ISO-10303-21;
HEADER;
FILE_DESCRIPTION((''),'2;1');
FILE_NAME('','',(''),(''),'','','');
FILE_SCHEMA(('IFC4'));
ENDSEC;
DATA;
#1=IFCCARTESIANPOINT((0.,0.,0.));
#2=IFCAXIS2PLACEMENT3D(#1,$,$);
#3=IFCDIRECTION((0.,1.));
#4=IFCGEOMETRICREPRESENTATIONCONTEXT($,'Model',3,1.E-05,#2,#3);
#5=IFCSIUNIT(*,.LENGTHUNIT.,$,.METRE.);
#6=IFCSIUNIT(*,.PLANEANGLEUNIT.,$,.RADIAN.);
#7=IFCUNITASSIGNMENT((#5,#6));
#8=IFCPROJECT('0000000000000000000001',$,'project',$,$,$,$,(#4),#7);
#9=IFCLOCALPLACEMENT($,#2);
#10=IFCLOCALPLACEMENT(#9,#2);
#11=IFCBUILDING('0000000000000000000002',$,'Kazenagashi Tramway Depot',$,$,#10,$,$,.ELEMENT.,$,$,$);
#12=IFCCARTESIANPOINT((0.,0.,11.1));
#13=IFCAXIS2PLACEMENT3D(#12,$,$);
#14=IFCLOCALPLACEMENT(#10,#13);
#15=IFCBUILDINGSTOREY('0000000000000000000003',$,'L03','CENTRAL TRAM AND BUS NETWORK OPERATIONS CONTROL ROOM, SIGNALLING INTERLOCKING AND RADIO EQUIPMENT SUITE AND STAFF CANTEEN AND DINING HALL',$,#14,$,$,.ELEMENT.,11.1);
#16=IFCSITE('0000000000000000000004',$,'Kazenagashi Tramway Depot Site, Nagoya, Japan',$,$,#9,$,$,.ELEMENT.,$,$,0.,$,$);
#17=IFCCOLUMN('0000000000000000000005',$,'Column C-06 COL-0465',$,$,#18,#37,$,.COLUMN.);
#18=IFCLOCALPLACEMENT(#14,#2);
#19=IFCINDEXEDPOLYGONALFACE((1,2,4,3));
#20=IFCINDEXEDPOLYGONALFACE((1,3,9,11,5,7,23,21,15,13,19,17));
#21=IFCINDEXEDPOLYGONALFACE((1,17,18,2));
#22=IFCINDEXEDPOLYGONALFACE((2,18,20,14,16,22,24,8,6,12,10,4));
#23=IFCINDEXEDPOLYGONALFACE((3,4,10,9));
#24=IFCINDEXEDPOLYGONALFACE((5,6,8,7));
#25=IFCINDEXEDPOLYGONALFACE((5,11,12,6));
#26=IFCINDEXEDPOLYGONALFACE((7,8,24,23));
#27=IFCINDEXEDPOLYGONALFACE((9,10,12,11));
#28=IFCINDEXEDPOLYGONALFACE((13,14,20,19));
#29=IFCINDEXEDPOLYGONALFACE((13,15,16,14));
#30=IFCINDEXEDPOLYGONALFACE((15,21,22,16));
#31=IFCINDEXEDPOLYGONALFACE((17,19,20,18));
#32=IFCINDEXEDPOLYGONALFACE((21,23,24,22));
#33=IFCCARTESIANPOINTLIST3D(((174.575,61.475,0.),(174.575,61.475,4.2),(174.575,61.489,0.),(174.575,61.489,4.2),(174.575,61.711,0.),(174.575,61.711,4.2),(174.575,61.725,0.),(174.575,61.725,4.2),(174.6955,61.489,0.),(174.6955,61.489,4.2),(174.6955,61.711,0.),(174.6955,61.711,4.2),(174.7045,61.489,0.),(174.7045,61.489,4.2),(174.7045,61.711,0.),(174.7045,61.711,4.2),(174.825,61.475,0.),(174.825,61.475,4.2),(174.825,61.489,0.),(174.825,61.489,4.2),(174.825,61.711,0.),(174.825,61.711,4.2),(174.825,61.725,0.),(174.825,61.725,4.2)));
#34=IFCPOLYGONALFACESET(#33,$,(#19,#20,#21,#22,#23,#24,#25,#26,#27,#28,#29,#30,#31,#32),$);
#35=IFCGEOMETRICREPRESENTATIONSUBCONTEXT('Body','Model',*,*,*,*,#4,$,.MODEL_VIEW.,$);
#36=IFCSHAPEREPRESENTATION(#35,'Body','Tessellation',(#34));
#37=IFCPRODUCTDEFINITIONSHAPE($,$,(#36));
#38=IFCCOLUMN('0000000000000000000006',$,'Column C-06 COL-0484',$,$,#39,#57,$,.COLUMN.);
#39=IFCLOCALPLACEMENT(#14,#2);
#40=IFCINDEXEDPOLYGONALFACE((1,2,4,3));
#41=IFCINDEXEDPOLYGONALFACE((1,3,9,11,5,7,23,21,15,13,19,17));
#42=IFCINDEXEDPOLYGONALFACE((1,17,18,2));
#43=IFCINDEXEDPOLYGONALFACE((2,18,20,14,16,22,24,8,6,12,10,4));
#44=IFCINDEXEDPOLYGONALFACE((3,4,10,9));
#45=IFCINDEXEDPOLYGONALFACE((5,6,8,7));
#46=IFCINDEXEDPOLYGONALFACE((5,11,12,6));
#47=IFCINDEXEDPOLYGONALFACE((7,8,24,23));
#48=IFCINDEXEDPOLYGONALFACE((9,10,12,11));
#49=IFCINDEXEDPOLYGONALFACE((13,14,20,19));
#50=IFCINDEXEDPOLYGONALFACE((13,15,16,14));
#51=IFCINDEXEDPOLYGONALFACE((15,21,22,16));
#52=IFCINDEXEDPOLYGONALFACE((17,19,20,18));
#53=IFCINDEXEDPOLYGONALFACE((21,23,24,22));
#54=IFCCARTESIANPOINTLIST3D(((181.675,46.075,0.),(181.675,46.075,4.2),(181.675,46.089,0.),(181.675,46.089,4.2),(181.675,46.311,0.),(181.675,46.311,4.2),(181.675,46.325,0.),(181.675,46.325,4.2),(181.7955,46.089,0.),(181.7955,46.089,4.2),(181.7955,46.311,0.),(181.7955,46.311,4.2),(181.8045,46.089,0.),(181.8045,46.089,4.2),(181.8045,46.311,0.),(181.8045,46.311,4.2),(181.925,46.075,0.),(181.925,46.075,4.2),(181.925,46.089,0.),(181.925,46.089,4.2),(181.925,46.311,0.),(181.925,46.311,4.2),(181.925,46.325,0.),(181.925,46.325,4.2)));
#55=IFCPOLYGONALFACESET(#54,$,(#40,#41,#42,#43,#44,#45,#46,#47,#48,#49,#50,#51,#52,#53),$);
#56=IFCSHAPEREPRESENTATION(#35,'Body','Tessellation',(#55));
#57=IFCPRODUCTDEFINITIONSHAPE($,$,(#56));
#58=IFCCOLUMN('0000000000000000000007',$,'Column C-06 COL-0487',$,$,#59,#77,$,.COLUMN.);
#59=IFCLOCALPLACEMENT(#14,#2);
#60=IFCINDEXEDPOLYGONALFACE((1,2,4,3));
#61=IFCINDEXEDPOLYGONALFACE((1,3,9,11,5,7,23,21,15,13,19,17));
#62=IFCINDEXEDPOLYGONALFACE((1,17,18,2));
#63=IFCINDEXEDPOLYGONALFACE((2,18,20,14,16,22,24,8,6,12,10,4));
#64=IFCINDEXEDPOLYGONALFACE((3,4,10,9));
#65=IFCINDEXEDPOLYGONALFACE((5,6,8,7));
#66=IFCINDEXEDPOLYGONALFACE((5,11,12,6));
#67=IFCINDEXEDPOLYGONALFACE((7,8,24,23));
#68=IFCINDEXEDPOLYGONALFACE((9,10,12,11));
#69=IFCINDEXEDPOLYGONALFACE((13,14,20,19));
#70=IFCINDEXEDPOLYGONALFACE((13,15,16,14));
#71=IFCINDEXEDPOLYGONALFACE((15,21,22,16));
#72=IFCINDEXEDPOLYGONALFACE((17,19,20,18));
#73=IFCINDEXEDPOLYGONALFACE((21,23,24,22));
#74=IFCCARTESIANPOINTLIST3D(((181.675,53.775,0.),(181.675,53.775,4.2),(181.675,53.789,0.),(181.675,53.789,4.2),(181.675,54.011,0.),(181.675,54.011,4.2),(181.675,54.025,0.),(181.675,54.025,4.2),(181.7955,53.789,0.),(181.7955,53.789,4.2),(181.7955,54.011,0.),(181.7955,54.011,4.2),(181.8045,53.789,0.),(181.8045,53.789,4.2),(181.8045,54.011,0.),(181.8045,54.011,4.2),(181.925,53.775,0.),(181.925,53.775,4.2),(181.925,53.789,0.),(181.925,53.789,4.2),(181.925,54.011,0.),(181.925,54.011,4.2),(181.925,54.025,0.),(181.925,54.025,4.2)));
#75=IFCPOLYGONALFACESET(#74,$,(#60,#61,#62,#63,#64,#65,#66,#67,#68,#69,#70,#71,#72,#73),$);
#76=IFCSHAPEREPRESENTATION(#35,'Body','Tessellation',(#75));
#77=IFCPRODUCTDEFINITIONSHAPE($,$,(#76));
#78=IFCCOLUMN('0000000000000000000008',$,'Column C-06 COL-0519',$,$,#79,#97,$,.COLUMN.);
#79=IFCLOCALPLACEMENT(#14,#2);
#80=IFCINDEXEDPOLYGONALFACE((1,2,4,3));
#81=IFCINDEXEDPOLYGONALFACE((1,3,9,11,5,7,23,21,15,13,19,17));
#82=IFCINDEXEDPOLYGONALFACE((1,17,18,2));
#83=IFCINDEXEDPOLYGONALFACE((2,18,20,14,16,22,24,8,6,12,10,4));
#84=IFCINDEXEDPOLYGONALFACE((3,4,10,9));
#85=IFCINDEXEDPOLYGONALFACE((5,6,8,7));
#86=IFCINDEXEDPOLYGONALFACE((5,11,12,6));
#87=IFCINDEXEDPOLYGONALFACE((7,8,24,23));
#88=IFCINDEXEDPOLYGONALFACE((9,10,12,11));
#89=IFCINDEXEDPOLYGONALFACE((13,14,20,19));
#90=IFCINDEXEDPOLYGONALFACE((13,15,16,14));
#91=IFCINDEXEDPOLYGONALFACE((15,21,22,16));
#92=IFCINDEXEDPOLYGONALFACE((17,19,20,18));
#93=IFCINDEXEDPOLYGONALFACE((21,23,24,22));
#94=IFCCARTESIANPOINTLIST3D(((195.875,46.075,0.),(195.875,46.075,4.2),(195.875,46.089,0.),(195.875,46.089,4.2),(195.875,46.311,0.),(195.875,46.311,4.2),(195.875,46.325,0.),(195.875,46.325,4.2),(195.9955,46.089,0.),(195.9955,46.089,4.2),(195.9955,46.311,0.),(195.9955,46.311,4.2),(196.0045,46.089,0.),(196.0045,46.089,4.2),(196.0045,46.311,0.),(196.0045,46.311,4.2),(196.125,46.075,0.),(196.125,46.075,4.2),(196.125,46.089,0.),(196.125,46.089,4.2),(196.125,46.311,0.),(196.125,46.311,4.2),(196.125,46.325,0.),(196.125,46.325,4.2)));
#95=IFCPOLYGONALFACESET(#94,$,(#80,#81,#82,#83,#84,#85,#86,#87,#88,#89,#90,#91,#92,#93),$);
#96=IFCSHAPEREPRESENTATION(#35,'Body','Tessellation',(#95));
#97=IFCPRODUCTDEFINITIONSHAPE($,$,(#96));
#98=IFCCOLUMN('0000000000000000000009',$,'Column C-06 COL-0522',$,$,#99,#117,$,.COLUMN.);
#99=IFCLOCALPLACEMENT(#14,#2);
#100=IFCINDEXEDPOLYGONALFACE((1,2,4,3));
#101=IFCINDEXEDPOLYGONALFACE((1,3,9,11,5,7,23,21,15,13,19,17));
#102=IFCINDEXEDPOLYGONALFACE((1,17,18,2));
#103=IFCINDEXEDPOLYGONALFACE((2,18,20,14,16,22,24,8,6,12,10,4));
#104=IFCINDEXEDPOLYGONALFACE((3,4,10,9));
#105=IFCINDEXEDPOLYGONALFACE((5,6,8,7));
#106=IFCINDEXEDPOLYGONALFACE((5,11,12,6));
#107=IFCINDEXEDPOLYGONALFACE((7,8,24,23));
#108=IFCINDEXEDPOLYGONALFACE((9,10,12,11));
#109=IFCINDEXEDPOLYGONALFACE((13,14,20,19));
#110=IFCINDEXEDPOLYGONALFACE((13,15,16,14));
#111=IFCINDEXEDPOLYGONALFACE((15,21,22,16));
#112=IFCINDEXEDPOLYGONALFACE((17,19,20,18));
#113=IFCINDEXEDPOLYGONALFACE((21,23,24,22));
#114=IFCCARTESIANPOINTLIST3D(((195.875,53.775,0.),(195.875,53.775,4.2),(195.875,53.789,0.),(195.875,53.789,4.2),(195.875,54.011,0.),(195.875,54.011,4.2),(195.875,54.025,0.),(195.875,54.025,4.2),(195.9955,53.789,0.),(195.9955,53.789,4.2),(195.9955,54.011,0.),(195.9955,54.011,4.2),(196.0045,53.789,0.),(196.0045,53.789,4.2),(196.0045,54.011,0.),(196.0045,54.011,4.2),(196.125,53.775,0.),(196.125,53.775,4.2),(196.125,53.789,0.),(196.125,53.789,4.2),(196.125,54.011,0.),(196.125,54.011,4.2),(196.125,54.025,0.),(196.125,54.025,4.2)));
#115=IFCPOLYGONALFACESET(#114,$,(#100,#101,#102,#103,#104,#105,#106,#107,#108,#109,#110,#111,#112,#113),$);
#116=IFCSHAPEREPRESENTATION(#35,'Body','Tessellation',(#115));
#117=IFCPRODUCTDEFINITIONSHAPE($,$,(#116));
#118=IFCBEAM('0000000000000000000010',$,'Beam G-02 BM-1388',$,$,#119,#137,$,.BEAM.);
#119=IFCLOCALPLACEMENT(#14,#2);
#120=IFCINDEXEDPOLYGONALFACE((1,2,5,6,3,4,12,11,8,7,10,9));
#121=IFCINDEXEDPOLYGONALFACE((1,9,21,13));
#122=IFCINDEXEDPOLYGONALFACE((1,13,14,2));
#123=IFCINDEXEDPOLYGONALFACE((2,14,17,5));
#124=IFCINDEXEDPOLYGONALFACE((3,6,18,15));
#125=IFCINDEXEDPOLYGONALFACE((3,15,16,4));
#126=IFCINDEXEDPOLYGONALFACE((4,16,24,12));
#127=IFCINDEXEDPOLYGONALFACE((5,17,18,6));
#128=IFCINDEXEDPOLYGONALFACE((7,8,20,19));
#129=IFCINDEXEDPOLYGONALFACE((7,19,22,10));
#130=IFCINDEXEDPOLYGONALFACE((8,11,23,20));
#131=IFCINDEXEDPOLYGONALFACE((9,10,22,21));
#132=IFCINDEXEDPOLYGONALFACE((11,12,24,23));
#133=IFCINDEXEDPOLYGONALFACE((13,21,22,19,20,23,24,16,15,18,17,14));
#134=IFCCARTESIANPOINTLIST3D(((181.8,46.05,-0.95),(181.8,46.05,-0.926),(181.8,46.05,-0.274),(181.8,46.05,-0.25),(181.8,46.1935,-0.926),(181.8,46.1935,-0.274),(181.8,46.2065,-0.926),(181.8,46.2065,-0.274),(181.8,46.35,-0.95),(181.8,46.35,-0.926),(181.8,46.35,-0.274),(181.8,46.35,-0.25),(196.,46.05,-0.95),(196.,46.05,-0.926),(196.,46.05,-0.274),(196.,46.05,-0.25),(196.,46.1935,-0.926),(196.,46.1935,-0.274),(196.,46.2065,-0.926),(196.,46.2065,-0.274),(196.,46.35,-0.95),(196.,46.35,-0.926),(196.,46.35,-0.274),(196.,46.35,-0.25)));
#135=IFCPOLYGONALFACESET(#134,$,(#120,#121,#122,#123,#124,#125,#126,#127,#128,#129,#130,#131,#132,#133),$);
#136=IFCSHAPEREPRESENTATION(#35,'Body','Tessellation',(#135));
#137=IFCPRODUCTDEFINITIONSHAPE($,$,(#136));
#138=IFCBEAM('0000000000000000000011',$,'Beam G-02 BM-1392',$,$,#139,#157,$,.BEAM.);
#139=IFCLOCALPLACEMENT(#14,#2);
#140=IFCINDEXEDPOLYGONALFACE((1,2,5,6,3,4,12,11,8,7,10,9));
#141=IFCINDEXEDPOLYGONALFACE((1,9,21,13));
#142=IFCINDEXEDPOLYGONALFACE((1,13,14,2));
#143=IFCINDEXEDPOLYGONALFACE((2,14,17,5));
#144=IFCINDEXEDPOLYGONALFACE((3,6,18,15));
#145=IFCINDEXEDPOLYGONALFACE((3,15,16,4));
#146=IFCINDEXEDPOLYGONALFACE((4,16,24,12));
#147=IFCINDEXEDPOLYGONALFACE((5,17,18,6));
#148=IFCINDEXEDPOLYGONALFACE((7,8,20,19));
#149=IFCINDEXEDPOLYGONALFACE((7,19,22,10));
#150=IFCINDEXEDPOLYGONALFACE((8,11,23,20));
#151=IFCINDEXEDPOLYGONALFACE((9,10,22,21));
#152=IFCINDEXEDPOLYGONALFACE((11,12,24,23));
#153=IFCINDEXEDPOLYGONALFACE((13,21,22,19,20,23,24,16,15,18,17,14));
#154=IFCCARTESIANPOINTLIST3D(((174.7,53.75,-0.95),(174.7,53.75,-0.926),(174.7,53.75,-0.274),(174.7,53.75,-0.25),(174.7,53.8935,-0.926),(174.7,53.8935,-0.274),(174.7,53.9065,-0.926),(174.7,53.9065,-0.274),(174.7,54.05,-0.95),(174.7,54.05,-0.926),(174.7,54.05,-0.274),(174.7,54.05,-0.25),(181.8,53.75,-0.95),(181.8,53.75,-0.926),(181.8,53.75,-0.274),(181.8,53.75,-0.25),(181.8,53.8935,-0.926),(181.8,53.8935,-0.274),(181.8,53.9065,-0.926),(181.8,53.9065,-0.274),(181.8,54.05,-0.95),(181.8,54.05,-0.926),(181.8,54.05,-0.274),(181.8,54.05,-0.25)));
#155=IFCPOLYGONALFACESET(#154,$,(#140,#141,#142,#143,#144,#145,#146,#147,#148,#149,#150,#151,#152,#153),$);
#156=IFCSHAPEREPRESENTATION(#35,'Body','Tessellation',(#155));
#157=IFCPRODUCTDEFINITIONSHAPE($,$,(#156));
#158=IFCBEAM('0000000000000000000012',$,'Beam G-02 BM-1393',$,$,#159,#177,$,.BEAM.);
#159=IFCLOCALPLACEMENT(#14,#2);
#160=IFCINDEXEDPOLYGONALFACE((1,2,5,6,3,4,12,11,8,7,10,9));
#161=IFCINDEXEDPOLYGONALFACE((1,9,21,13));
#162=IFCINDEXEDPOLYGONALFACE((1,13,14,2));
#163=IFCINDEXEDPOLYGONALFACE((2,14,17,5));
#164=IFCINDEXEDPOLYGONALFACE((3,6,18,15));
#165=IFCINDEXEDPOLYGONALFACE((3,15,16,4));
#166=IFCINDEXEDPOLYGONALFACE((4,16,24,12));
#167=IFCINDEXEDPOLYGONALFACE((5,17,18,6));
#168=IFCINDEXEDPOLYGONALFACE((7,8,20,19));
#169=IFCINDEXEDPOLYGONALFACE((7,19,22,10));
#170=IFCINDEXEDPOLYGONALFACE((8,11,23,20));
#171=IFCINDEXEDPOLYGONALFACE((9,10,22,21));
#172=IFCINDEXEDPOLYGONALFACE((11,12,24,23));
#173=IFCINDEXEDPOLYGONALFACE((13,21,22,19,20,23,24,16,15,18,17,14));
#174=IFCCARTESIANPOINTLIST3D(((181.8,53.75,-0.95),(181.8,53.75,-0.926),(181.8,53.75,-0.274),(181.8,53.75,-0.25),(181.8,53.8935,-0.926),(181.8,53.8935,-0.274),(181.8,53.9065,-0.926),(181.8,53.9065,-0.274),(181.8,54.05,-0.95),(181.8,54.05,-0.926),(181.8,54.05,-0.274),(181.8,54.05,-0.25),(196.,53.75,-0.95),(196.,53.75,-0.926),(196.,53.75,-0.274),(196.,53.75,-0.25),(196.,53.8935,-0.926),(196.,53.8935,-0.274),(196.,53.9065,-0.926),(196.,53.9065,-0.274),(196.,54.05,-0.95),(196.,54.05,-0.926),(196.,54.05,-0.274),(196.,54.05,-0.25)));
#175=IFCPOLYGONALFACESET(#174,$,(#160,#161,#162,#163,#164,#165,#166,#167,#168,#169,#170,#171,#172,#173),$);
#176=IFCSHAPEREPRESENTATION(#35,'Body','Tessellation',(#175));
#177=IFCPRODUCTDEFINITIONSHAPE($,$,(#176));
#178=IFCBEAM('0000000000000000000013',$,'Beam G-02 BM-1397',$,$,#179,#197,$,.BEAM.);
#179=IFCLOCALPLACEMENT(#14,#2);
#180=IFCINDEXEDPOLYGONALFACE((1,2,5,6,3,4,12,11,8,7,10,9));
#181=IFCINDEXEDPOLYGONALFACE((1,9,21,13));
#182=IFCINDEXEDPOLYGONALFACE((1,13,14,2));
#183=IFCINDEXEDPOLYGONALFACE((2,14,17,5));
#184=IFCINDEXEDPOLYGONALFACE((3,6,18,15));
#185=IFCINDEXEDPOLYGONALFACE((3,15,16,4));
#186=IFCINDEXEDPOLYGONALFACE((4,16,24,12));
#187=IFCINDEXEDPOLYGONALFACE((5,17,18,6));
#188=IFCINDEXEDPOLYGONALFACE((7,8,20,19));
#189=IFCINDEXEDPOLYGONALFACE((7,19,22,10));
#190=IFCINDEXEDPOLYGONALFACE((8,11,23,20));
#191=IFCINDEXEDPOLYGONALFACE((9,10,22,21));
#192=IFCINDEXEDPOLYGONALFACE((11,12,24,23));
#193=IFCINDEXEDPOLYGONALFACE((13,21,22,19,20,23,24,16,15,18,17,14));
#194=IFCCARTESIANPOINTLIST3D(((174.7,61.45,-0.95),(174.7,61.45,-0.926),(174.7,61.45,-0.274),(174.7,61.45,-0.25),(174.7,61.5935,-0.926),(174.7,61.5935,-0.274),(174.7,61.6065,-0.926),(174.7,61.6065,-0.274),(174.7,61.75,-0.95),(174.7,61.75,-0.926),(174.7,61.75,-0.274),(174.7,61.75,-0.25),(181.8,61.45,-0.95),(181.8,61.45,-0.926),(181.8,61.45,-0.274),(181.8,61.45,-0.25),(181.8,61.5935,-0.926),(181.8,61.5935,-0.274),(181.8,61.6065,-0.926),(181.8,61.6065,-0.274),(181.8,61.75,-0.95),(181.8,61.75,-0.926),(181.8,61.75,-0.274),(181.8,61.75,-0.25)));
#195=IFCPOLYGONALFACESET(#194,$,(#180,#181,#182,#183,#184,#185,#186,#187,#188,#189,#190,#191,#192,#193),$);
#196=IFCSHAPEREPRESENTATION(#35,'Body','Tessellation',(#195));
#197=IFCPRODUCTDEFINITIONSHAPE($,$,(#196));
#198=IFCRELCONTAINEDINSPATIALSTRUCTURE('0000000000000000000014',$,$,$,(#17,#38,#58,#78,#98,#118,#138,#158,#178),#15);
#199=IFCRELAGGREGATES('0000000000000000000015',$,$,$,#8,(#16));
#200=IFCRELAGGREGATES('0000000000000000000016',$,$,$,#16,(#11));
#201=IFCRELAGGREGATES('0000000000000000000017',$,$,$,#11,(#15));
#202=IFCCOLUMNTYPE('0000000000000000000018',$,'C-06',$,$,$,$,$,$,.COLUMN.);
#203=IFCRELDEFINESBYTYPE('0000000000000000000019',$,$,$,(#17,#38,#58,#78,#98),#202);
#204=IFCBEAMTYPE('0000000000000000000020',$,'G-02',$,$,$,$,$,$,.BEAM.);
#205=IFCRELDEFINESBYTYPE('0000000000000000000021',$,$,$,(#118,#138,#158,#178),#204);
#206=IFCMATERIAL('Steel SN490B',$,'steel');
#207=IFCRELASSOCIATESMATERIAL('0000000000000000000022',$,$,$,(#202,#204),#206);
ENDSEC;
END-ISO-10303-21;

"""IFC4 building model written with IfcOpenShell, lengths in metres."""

from ifc_helpers import new_model, si_unit, direction, frame, origin, origin_2d, place, context, subcontext, project, spatial, i_section, extrude, material, material_profile, profile_set, type_object, element, save


model = new_model("IFC4")

# Units and contexts
model_context = context("Model", 3, precision=1e-05, world=origin(), true_north=direction((0.0, 1.0)))
body_context = subcontext(model_context, "Body", "Model", "MODEL_VIEW")
ifc_project = project(units=[si_unit("LENGTHUNIT", "METRE"), si_unit("PLANEANGLEUNIT", "RADIAN")], contexts=[model_context])

# Site, building, storey
site_placement = place(None, origin())
site = spatial("IfcSite", under=ifc_project, at=site_placement, Name="Kazenagashi Tramway Depot Site, Nagoya, Japan", CompositionType="ELEMENT", RefElevation=0.0)
building_placement = place(site_placement, origin())
building = spatial("IfcBuilding", under=site, at=building_placement, Name="Kazenagashi Tramway Depot", CompositionType="ELEMENT")
storey_placement = place(building_placement, frame((0.0, 0.0, 11.1)))
storey = spatial("IfcBuildingStorey", under=building, at=storey_placement, Name="L03", Description="CENTRAL TRAM AND BUS NETWORK OPERATIONS CONTROL ROOM, SIGNALLING INTERLOCKING AND RADIO EQUIPMENT SUITE AND STAFF CANTEEN AND DINING HALL", CompositionType="ELEMENT", Elevation=11.1)

# Columns
ifc_material_1 = material(Name="Steel SN490B", Category="steel")
ifc_material_profile_1 = material_profile(ifc_material_1, i_section(OverallWidth=0.25, OverallDepth=0.25, WebThickness=0.009, FlangeThickness=0.014, at=origin_2d()), Name="H-250x250x9x14")
ifc_profile_set_1 = profile_set([ifc_material_profile_1], Name="Steel SN490B")
column_type = type_object("IfcColumnType", Name="C-06", PredefinedType="COLUMN", material=ifc_profile_set_1)
for number, where, z_axis, x_axis, name in (
    (1, (174.7, 61.6, 0.0), (0.0, 0.0, 1.0), (1.0, 0.0, 0.0), "Column C-06 COL-0465"),
    (2, (181.8, 46.2, 0.0), (0.0, 0.0, 1.0), (1.0, 0.0, 0.0), "Column C-06 COL-0484"),
    (3, (181.8, 53.9, 0.0), (0.0, 0.0, 1.0), (1.0, 0.0, 0.0), "Column C-06 COL-0487"),
    (4, (196.0, 46.2, 0.0), (0.0, 0.0, 1.0), (1.0, 0.0, 0.0), "Column C-06 COL-0519"),
    (5, (196.0, 53.9, 0.0), (0.0, 0.0, 1.0), (1.0, 0.0, 0.0), "Column C-06 COL-0522"),
):
    element("IfcColumn", number, at=place(storey_placement, frame(where, z_axis=z_axis, x_axis=x_axis)), inside=storey, type_object=column_type, Name=name, PredefinedType="COLUMN", context=body_context, shape_type="SweptSolid", body=[
        extrude(i_section(OverallWidth=0.25, OverallDepth=0.25, WebThickness=0.009, FlangeThickness=0.014, at=origin_2d()), origin(), (0.0, 0.0, 1.0), 4.2),
    ])

# Beams
ifc_material_profile_2 = material_profile(ifc_material_1, i_section(OverallWidth=0.3, OverallDepth=0.7, WebThickness=0.013, FlangeThickness=0.024, at=origin_2d()), Name="H-700x300x13x24")
ifc_profile_set_2 = profile_set([ifc_material_profile_2], Name="Steel SN490B")
beam_type_1 = type_object("IfcBeamType", Name="G-02", PredefinedType="BEAM", material=ifc_profile_set_2)
beam_1_placement = place(storey_placement, frame((181.8, 46.2, -0.6), z_axis=(1.0, 0.0, 0.0), x_axis=(0.0, 1.0, 0.0)))
element("IfcBeam", 6, at=beam_1_placement, inside=storey, type_object=beam_type_1, Name="Beam G-02 BM-1388", PredefinedType="BEAM", context=body_context, shape_type="SweptSolid", body=[
    extrude(i_section(OverallWidth=0.3, OverallDepth=0.7, WebThickness=0.013, FlangeThickness=0.024, at=origin_2d()), origin(), (0.0, 0.0, 1.0), 14.2),
])
beam_2_placement = place(storey_placement, frame((174.7, 53.9, -0.6), z_axis=(1.0, 0.0, 0.0), x_axis=(0.0, 1.0, 0.0)))
element("IfcBeam", 7, at=beam_2_placement, inside=storey, type_object=beam_type_1, Name="Beam G-02 BM-1392", PredefinedType="BEAM", context=body_context, shape_type="SweptSolid", body=[
    extrude(i_section(OverallWidth=0.3, OverallDepth=0.7, WebThickness=0.013, FlangeThickness=0.024, at=origin_2d()), origin(), (0.0, 0.0, 1.0), 7.1),
])
beam_3_placement = place(storey_placement, frame((181.8, 53.9, -0.6), z_axis=(1.0, 0.0, 0.0), x_axis=(0.0, 1.0, 0.0)))
element("IfcBeam", 8, at=beam_3_placement, inside=storey, type_object=beam_type_1, Name="Beam G-02 BM-1393", PredefinedType="BEAM", context=body_context, shape_type="SweptSolid", body=[
    extrude(i_section(OverallWidth=0.3, OverallDepth=0.7, WebThickness=0.013, FlangeThickness=0.024, at=origin_2d()), origin(), (0.0, 0.0, 1.0), 14.2),
])
beam_4_placement = place(storey_placement, frame((174.7, 61.6, -0.6), z_axis=(1.0, 0.0, 0.0), x_axis=(0.0, 1.0, 0.0)))
element("IfcBeam", 9, at=beam_4_placement, inside=storey, type_object=beam_type_1, Name="Beam G-02 BM-1397", PredefinedType="BEAM", context=body_context, shape_type="SweptSolid", body=[
    extrude(i_section(OverallWidth=0.3, OverallDepth=0.7, WebThickness=0.013, FlangeThickness=0.024, at=origin_2d()), origin(), (0.0, 0.0, 1.0), 7.1),
])

save(model, "model.ifc")
